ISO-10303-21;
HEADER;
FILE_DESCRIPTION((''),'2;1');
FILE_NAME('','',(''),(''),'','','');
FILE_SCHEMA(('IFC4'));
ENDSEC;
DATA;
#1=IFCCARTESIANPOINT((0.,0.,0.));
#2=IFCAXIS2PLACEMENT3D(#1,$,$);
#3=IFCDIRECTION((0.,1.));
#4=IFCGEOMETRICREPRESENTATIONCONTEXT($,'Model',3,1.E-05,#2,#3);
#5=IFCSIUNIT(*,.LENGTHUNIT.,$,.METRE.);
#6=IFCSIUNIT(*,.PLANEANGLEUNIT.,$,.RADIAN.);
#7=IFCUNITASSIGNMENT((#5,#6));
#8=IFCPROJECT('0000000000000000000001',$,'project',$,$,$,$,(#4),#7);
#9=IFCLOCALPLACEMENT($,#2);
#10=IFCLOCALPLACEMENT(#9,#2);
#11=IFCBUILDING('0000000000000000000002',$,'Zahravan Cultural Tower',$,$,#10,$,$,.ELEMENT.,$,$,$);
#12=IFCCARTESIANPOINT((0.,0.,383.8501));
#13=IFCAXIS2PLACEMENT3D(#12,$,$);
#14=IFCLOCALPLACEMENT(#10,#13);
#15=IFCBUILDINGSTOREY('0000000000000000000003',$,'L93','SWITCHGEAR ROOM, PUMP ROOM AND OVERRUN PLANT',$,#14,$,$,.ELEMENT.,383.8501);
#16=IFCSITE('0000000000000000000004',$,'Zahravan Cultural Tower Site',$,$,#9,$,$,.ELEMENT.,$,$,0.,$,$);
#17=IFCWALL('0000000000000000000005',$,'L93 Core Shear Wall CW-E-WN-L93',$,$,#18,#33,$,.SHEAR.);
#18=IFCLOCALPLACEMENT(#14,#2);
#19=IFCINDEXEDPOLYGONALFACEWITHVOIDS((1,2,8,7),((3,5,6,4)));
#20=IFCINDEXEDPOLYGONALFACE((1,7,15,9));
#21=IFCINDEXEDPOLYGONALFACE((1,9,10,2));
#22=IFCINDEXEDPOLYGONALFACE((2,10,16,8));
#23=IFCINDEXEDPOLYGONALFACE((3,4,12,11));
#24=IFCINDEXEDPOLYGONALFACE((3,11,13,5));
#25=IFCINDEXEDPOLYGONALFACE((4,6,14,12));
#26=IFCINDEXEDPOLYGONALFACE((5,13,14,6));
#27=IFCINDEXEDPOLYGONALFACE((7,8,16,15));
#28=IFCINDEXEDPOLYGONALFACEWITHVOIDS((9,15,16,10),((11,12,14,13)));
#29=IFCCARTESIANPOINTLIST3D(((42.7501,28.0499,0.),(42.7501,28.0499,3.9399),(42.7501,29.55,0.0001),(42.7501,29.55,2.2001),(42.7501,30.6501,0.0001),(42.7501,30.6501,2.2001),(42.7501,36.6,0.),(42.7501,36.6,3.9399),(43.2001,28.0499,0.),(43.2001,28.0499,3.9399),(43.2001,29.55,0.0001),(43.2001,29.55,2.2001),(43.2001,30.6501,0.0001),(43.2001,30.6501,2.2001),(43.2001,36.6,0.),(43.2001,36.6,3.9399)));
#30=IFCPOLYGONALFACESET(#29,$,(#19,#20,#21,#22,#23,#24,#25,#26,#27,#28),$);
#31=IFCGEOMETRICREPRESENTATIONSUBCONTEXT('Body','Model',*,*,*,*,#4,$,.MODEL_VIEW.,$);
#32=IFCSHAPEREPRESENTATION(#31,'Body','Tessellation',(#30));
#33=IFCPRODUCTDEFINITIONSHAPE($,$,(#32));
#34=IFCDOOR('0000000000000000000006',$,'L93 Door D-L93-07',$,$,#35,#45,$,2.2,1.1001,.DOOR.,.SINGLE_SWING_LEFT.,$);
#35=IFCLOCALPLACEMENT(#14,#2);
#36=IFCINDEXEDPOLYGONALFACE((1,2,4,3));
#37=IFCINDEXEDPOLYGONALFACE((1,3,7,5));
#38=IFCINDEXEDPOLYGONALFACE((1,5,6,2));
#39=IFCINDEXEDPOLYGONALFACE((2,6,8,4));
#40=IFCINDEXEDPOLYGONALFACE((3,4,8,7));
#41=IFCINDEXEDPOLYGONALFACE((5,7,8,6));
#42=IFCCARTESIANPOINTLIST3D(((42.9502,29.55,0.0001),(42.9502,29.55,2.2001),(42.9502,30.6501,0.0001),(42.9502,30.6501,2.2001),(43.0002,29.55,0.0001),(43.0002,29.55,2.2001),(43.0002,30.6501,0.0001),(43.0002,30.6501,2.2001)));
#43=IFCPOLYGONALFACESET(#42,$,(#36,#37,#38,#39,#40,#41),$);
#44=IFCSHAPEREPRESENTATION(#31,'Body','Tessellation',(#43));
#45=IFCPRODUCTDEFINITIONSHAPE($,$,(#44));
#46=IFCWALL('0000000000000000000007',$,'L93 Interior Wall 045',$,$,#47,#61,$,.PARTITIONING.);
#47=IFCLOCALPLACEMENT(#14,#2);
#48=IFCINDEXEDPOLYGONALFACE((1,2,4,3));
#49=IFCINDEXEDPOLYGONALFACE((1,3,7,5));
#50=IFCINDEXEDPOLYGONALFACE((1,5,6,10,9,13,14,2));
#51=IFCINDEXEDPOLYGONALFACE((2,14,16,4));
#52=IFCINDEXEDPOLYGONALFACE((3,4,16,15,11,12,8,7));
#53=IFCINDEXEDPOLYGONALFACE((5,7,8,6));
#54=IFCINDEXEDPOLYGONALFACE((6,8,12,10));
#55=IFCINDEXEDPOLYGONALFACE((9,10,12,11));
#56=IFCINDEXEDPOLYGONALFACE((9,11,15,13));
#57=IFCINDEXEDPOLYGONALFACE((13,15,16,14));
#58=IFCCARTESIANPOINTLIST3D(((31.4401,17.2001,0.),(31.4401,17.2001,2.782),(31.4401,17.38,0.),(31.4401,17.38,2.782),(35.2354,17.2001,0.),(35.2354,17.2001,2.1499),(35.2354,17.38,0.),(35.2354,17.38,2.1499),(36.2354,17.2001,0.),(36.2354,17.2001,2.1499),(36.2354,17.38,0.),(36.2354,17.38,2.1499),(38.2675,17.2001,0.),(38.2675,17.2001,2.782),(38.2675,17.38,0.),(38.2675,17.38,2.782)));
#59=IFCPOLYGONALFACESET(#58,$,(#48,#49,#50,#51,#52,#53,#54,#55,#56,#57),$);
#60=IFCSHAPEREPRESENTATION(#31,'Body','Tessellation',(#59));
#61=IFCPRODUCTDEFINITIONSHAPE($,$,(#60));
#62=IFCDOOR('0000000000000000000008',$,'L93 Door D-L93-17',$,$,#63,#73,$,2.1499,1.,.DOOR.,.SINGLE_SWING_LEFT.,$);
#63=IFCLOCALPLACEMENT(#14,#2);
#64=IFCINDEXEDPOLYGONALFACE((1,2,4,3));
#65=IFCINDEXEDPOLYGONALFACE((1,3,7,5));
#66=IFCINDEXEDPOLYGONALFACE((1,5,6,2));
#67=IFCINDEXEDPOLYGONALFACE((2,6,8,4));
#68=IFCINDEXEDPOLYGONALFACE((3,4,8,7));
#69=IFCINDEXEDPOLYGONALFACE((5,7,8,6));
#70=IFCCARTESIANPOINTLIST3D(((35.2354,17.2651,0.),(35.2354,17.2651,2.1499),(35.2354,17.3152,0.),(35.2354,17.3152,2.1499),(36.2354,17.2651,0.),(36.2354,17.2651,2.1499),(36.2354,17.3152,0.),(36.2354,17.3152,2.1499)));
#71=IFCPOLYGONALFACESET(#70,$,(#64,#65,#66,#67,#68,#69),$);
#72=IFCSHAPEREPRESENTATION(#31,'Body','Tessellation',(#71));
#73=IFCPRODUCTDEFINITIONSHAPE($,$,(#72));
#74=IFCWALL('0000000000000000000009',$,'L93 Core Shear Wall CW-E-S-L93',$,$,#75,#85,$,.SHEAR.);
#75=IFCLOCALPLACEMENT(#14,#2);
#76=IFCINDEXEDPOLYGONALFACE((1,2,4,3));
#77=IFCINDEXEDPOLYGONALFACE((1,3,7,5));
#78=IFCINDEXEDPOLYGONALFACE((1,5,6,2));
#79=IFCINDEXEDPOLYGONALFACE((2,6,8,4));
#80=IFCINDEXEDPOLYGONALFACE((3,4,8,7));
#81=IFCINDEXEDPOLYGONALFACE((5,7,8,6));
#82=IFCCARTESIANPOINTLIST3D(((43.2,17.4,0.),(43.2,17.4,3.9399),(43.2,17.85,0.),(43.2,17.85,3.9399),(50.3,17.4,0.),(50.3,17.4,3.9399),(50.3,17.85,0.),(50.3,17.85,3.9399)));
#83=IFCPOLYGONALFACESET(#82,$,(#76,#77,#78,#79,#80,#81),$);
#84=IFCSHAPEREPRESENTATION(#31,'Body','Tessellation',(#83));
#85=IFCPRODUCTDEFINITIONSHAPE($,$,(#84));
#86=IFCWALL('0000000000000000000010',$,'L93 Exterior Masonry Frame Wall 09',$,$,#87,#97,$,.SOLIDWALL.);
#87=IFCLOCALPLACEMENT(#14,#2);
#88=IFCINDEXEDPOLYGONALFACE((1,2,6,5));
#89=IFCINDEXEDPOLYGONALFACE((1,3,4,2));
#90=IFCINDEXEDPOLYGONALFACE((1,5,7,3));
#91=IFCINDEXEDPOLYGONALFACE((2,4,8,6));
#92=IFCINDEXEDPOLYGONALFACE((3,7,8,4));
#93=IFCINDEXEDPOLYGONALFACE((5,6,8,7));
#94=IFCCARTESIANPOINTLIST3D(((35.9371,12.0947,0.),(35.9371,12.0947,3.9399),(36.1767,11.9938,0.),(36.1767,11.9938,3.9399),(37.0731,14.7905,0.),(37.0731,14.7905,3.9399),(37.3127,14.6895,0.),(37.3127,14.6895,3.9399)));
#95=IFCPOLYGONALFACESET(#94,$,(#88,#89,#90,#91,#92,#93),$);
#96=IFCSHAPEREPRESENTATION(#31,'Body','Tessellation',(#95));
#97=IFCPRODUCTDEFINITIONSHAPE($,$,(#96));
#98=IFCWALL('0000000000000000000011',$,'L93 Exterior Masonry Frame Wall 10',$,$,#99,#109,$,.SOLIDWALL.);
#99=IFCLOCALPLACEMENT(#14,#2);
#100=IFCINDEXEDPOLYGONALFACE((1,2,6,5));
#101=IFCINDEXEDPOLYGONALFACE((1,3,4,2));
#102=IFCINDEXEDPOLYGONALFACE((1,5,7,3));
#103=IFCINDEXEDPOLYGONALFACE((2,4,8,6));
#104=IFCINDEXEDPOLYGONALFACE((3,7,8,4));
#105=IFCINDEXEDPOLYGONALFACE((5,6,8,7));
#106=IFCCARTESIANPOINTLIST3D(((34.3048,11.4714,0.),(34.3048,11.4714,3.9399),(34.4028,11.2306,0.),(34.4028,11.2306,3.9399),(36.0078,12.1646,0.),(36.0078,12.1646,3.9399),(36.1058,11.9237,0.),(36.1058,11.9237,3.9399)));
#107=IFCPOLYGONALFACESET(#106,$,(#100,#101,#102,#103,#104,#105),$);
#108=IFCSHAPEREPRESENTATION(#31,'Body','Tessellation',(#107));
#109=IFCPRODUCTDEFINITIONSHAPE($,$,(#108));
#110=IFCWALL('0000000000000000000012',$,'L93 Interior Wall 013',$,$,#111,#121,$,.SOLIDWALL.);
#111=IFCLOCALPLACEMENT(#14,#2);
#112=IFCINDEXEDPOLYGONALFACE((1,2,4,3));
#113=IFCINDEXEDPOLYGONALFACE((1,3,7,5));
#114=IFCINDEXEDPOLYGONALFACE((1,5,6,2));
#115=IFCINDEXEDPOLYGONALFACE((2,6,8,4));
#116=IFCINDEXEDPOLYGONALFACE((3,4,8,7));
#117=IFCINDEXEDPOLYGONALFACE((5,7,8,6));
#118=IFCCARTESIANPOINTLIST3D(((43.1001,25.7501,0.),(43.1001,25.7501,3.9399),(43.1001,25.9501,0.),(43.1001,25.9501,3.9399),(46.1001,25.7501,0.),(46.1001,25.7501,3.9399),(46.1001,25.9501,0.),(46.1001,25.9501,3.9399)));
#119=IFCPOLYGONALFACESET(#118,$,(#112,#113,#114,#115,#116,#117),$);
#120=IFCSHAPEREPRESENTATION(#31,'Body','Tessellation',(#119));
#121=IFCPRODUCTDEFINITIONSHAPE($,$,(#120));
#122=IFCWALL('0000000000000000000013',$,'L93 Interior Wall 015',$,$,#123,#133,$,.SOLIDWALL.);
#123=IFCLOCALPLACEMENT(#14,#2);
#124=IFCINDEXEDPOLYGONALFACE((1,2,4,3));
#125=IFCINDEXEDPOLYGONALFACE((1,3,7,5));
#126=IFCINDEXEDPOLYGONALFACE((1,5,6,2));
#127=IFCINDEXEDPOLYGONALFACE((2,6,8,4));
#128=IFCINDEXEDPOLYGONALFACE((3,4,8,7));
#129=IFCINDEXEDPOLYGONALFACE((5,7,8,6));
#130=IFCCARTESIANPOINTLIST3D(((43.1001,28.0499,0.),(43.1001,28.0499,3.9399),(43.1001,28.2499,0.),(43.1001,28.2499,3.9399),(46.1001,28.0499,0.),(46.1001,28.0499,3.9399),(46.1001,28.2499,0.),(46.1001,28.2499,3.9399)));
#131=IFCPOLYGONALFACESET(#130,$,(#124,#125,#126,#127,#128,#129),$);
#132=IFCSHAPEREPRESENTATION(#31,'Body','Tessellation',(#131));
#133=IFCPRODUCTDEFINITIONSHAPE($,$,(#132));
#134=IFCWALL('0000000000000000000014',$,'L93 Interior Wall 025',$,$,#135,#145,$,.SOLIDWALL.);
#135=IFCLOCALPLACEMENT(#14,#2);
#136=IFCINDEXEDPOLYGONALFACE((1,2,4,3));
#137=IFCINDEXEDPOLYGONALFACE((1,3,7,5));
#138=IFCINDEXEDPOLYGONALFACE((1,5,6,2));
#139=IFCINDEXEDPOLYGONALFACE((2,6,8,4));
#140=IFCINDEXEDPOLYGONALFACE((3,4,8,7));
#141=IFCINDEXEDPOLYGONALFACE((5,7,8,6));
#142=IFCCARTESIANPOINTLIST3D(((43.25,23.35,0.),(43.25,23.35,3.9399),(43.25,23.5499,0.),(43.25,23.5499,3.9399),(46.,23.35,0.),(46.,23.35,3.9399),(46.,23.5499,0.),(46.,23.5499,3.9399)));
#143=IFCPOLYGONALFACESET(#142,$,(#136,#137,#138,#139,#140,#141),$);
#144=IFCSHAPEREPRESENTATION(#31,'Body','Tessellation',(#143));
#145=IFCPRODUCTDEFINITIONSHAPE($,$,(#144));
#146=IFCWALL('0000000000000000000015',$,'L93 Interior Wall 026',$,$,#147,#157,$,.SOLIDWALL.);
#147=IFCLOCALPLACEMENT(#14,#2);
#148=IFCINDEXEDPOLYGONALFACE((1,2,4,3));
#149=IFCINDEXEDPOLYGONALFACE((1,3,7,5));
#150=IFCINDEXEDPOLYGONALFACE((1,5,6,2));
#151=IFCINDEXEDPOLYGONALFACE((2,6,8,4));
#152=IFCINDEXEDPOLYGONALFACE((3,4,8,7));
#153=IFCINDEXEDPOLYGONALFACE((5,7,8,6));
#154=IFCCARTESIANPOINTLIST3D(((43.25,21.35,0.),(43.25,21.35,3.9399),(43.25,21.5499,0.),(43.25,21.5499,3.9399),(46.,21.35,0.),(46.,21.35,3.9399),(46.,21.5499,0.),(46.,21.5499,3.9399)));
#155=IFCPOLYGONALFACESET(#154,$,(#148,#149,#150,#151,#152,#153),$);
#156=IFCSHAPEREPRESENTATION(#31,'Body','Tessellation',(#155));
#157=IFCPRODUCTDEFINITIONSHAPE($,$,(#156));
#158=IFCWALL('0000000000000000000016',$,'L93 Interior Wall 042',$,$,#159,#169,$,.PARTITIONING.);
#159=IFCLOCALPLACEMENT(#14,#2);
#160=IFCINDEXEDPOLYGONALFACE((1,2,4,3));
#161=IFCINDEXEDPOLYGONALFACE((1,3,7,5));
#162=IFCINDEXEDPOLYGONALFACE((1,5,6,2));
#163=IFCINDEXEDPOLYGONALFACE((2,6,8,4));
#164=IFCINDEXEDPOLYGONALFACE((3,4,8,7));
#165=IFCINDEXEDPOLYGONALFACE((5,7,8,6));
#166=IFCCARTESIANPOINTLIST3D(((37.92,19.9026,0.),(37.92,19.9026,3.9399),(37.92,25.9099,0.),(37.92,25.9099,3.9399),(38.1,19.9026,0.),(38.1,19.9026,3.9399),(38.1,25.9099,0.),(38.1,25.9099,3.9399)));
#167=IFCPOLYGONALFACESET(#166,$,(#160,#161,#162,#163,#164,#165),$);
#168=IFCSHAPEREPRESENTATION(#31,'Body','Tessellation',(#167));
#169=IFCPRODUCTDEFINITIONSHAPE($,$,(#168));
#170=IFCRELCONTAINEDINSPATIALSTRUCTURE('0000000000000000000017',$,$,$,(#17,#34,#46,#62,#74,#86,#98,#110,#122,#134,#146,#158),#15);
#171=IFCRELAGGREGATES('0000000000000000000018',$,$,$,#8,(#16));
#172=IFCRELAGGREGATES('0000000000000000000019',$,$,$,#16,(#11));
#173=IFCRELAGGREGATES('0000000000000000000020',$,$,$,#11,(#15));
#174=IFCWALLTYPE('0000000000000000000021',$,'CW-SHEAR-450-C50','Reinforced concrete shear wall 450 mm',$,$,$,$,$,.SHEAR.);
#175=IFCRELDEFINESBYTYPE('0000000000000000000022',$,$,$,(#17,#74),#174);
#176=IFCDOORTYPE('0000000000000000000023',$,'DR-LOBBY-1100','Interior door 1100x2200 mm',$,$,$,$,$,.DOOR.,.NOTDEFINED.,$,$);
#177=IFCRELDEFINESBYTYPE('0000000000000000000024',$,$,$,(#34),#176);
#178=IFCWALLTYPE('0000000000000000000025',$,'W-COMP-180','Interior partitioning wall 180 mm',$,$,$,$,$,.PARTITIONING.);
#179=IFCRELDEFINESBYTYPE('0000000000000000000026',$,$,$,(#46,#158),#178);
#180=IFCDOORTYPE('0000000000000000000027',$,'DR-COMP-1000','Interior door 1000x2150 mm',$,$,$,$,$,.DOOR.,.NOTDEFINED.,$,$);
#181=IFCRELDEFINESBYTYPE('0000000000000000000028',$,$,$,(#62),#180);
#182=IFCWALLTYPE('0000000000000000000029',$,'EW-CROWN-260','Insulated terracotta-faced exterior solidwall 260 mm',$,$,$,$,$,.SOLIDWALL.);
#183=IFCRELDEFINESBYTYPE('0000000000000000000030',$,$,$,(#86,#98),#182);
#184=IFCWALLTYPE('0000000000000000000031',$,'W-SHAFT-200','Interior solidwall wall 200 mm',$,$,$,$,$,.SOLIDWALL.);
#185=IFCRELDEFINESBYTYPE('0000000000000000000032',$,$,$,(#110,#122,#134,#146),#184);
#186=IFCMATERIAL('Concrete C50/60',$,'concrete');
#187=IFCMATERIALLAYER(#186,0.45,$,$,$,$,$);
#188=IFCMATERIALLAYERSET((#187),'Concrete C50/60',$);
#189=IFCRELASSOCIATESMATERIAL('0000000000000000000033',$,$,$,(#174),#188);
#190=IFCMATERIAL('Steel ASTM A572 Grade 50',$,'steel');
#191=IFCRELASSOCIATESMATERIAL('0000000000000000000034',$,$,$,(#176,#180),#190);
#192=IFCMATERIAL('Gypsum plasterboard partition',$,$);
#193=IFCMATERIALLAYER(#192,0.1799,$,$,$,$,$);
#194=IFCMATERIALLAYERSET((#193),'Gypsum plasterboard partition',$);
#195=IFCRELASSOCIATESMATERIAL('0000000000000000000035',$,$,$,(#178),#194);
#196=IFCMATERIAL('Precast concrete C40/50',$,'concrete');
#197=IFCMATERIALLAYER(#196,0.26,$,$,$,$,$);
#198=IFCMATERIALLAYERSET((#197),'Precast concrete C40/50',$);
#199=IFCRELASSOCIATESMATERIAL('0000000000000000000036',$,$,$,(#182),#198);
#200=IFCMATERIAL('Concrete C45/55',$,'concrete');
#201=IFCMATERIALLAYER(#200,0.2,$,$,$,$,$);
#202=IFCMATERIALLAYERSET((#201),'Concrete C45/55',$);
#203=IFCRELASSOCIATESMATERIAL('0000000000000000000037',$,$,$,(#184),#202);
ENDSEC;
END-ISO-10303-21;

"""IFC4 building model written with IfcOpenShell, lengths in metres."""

from ifc_helpers import new_model, si_unit, direction, frame, frame_2d, origin, place, context, subcontext, project, spatial, rectangle, extrude, source, transform, mapped, material, layer, layer_set, type_object, element, fill, save


model = new_model("IFC4")

# Units and contexts
model_context = context("Model", 3, precision=1e-05, world=origin(), true_north=direction((0.0, 1.0)))
body_context = subcontext(model_context, "Body", "Model", "MODEL_VIEW")
ifc_project = project(units=[si_unit("LENGTHUNIT", "METRE"), si_unit("PLANEANGLEUNIT", "RADIAN")], contexts=[model_context])

# Site, building, storey
site_placement = place(None, origin())
site = spatial("IfcSite", under=ifc_project, at=site_placement, Name="Zahravan Cultural Tower Site", CompositionType="ELEMENT", RefElevation=0.0)
building_placement = place(site_placement, origin())
building = spatial("IfcBuilding", under=site, at=building_placement, Name="Zahravan Cultural Tower", CompositionType="ELEMENT")
storey_placement = place(building_placement, frame((0.0, 0.0, 383.8501)))
storey = spatial("IfcBuildingStorey", under=building, at=storey_placement, Name="L93", Description="SWITCHGEAR ROOM, PUMP ROOM AND OVERRUN PLANT", CompositionType="ELEMENT", Elevation=383.8501)

# Shared definitions
ifc_material_1 = material(Name="Concrete C45/55", Category="concrete")

# Shared definitions
ifc_material_2 = material(Name="Concrete C50/60", Category="concrete")

# Shared definitions
ifc_layer_1 = layer(ifc_material_2, 0.45)
ifc_layer_set_1 = layer_set([ifc_layer_1], Name="Concrete C50/60")
wall_type_1 = type_object("IfcWallType", Name="CW-SHEAR-450-C50", Description="Reinforced concrete shear wall 450 mm", PredefinedType="SHEAR", material=ifc_layer_set_1)
ifc_material_3 = material(Name="Steel ASTM A572 Grade 50", Category="steel")
door_type_1 = type_object("IfcDoorType", Name="DR-LOBBY-1100", Description="Interior door 1100x2200 mm", OperationType="NOTDEFINED", PredefinedType="DOOR", material=ifc_material_3)
shared_shape_1 = source(origin(), body_context, "Body", "SweptSolid", [
    extrude(rectangle(XDim=1.1001, YDim=2.2, at=frame_2d((0.55, 1.1001))), frame((0.0, 0.0249, 0.0), z_axis=(0.0, -1.0, 0.0), x_axis=(1.0, 0.0, 0.0)), (0.0, 0.0, 1.0), 0.05),
])

# Walls, openings, doors
wall_1_placement = place(storey_placement, frame((42.9751, 28.05, 0.0), z_axis=(0.0, 0.0, 1.0), x_axis=(0.0, 1.0, 0.0)))
wall_1 = element("IfcWall", 1, at=wall_1_placement, inside=storey, type_object=wall_type_1, Name="L93 Core Shear Wall CW-E-WN-L93", PredefinedType="SHEAR", context=body_context, shape_type="SweptSolid", body=[
    extrude(rectangle(XDim=8.55, YDim=0.45, at=frame_2d((4.2749, 0.0))), origin(), (0.0, 0.0, 1.0), 3.9399),
])
opening_1_placement = place(wall_1_placement, frame((1.5, 0.0, 0.0)))
opening_1 = element("IfcOpeningElement", 2, at=opening_1_placement, cuts=wall_1, PredefinedType="OPENING", context=body_context, shape_type="SweptSolid", body=[
    extrude(rectangle(XDim=1.1001, YDim=2.2, at=frame_2d((0.55, 1.1001))), frame((0.0, 0.2349, 0.0), z_axis=(0.0, -1.0, 0.0), x_axis=(1.0, 0.0, 0.0)), (0.0, 0.0, 1.0), 0.47),
])
door_1_placement = place(opening_1_placement, origin())
door_1 = element("IfcDoor", 3, at=door_1_placement, inside=storey, type_object=door_type_1, Name="L93 Door D-L93-07", OperationType="SINGLE_SWING_LEFT", OverallHeight=2.2, OverallWidth=1.1001, PredefinedType="DOOR", context=body_context, shape_type="MappedRepresentation", body=[
    mapped(shared_shape_1, transform((0.0, 0.0, 0.0), x_axis=(1.0, 0.0, 0.0), y_axis=(0.0, 1.0, 0.0), z_axis=(0.0, 0.0, 1.0), scale=1.0)),
])
fill(opening_1, door_1)
ifc_material_4 = material(Name="Gypsum plasterboard partition")
ifc_layer_2 = layer(ifc_material_4, 0.1799)
ifc_layer_set_2 = layer_set([ifc_layer_2], Name="Gypsum plasterboard partition")
wall_type_2 = type_object("IfcWallType", Name="W-COMP-180", Description="Interior partitioning wall 180 mm", PredefinedType="PARTITIONING", material=ifc_layer_set_2)
wall_2_placement = place(storey_placement, frame((38.2673, 17.29, 0.0), z_axis=(0.0, 0.0, 1.0), x_axis=(-1.0, 0.0, 0.0)))
wall_2 = element("IfcWall", 4, at=wall_2_placement, inside=storey, type_object=wall_type_2, Name="L93 Interior Wall 045", PredefinedType="PARTITIONING", context=body_context, shape_type="SweptSolid", body=[
    extrude(rectangle(XDim=6.8274, YDim=0.1799, at=frame_2d((3.4136, 0.0))), origin(), (0.0, 0.0, 1.0), 2.782),
])
opening_2_placement = place(wall_2_placement, frame((2.032, 0.0, 0.0)))
opening_2 = element("IfcOpeningElement", 5, at=opening_2_placement, cuts=wall_2, PredefinedType="OPENING", context=body_context, shape_type="SweptSolid", body=[
    extrude(rectangle(XDim=1.0, YDim=2.1499, at=frame_2d((0.5, 1.075))), frame((0.0, 0.0999, 0.0), z_axis=(0.0, -1.0, 0.0), x_axis=(1.0, 0.0, 0.0)), (0.0, 0.0, 1.0), 0.2),
])
door_type_2 = type_object("IfcDoorType", Name="DR-COMP-1000", Description="Interior door 1000x2150 mm", OperationType="NOTDEFINED", PredefinedType="DOOR", material=ifc_material_3)
shared_shape_2 = source(origin(), body_context, "Body", "SweptSolid", [
    extrude(rectangle(XDim=1.0, YDim=2.1499, at=frame_2d((0.5, 1.075))), frame((0.0, 0.0249, 0.0), z_axis=(0.0, -1.0, 0.0), x_axis=(1.0, 0.0, 0.0)), (0.0, 0.0, 1.0), 0.05),
])
door_2_placement = place(opening_2_placement, origin())
door_2 = element("IfcDoor", 6, at=door_2_placement, inside=storey, type_object=door_type_2, Name="L93 Door D-L93-17", OperationType="SINGLE_SWING_LEFT", OverallHeight=2.1499, OverallWidth=1.0, PredefinedType="DOOR", context=body_context, shape_type="MappedRepresentation", body=[
    mapped(shared_shape_2, transform((0.0, 0.0, 0.0), x_axis=(1.0, 0.0, 0.0), y_axis=(0.0, 1.0, 0.0), z_axis=(0.0, 0.0, 1.0), scale=1.0)),
])
fill(opening_2, door_2)

# Walls
shared_shape_3 = source(origin(), body_context, "Body", "SweptSolid", [
    extrude(rectangle(XDim=7.1001, YDim=0.45, at=frame_2d((3.55, 0.0))), origin(), (0.0, 0.0, 1.0), 3.9399),
])
wall_3_placement = place(storey_placement, frame((43.2, 17.625, 0.0), z_axis=(0.0, 0.0, 1.0), x_axis=(1.0, 0.0, 0.0)))
element("IfcWall", 7, at=wall_3_placement, inside=storey, type_object=wall_type_1, Name="L93 Core Shear Wall CW-E-S-L93", PredefinedType="SHEAR", context=body_context, shape_type="MappedRepresentation", body=[
    mapped(shared_shape_3, transform((0.0, 0.0, 0.0), x_axis=(1.0, 0.0, 0.0), y_axis=(0.0, 1.0, 0.0), z_axis=(0.0, 0.0, 1.0), scale=1.0)),
])
ifc_material_5 = material(Name="Precast concrete C40/50", Category="concrete")
ifc_layer_3 = layer(ifc_material_5, 0.26)
ifc_layer_set_3 = layer_set([ifc_layer_3], Name="Precast concrete C40/50")
wall_type_3 = type_object("IfcWallType", Name="EW-CROWN-260", Description="Insulated terracotta-faced exterior solidwall 260 mm", PredefinedType="SOLIDWALL", material=ifc_layer_set_3)
shared_shape_4 = source(origin(), body_context, "Body", "SweptSolid", [
    extrude(rectangle(XDim=2.9253, YDim=0.26, at=frame_2d((1.4626, 0.0))), origin(), (0.0, 0.0, 1.0), 3.9399),
])
wall_4_placement = place(storey_placement, frame((37.1929, 14.74, 0.0), z_axis=(0.0, 0.0, 1.0), x_axis=(-0.388322, -0.921524, 0.0)))
element("IfcWall", 8, at=wall_4_placement, inside=storey, type_object=wall_type_3, Name="L93 Exterior Masonry Frame Wall 09", PredefinedType="SOLIDWALL", context=body_context, shape_type="MappedRepresentation", body=[
    mapped(shared_shape_4, transform((0.0, 0.0, 0.0), x_axis=(1.0, 0.0, 0.0), y_axis=(0.0, 1.0, 0.0), z_axis=(0.0, 0.0, 1.0), scale=1.0)),
])
shared_shape_5 = source(origin(), body_context, "Body", "SweptSolid", [
    extrude(rectangle(XDim=1.8386, YDim=0.26, at=frame_2d((0.9194, 0.0))), origin(), (0.0, 0.0, 1.0), 3.9399),
])
wall_5_placement = place(storey_placement, frame((36.0569, 12.0442, 0.0), z_axis=(0.0, 0.0, 1.0), x_axis=(-0.926216, -0.376993, 0.0)))
element("IfcWall", 9, at=wall_5_placement, inside=storey, type_object=wall_type_3, Name="L93 Exterior Masonry Frame Wall 10", PredefinedType="SOLIDWALL", context=body_context, shape_type="MappedRepresentation", body=[
    mapped(shared_shape_5, transform((0.0, 0.0, 0.0), x_axis=(1.0, 0.0, 0.0), y_axis=(0.0, 1.0, 0.0), z_axis=(0.0, 0.0, 1.0), scale=1.0)),
])
ifc_layer_4 = layer(ifc_material_1, 0.2)
ifc_layer_set_4 = layer_set([ifc_layer_4], Name="Concrete C45/55")
wall_type_4 = type_object("IfcWallType", Name="W-SHAFT-200", Description="Interior solidwall wall 200 mm", PredefinedType="SOLIDWALL", material=ifc_layer_set_4)
shared_shape_6 = source(origin(), body_context, "Body", "SweptSolid", [
    extrude(rectangle(XDim=3.0, YDim=0.2, at=frame_2d((1.5, 0.0))), origin(), (0.0, 0.0, 1.0), 3.9399),
])
for number, where, z_axis, x_axis, name in (
    (10, (43.1001, 25.8501, 0.0), (0.0, 0.0, 1.0), (1.0, 0.0, 0.0), "L93 Interior Wall 013"),
    (11, (43.1001, 28.1499, 0.0), (0.0, 0.0, 1.0), (1.0, 0.0, 0.0), "L93 Interior Wall 015"),
):
    element("IfcWall", number, at=place(storey_placement, frame(where, z_axis=z_axis, x_axis=x_axis)), inside=storey, type_object=wall_type_4, Name=name, PredefinedType="SOLIDWALL", context=body_context, shape_type="MappedRepresentation", body=[
        mapped(shared_shape_6, transform((0.0, 0.0, 0.0), x_axis=(1.0, 0.0, 0.0), y_axis=(0.0, 1.0, 0.0), z_axis=(0.0, 0.0, 1.0), scale=1.0)),
    ])
shared_shape_7 = source(origin(), body_context, "Body", "SweptSolid", [
    extrude(rectangle(XDim=2.75, YDim=0.2, at=frame_2d((1.375, 0.0))), origin(), (0.0, 0.0, 1.0), 3.9399),
])
for number, where, z_axis, x_axis, name in (
    (12, (43.25, 23.45, 0.0), (0.0, 0.0, 1.0), (1.0, 0.0, 0.0), "L93 Interior Wall 025"),
    (13, (43.25, 21.45, 0.0), (0.0, 0.0, 1.0), (1.0, 0.0, 0.0), "L93 Interior Wall 026"),
):
    element("IfcWall", number, at=place(storey_placement, frame(where, z_axis=z_axis, x_axis=x_axis)), inside=storey, type_object=wall_type_4, Name=name, PredefinedType="SOLIDWALL", context=body_context, shape_type="MappedRepresentation", body=[
        mapped(shared_shape_7, transform((0.0, 0.0, 0.0), x_axis=(1.0, 0.0, 0.0), y_axis=(0.0, 1.0, 0.0), z_axis=(0.0, 0.0, 1.0), scale=1.0)),
    ])
shared_shape_8 = source(origin(), body_context, "Body", "SweptSolid", [
    extrude(rectangle(XDim=6.0073, YDim=0.1799, at=frame_2d((3.0037, 0.0))), origin(), (0.0, 0.0, 1.0), 3.9399),
])
wall_6_placement = place(storey_placement, frame((38.01, 25.9099, 0.0), z_axis=(0.0, 0.0, 1.0), x_axis=(0.0, -1.0, 0.0)))
element("IfcWall", 14, at=wall_6_placement, inside=storey, type_object=wall_type_2, Name="L93 Interior Wall 042", PredefinedType="PARTITIONING", context=body_context, shape_type="MappedRepresentation", body=[
    mapped(shared_shape_8, transform((0.0, 0.0, 0.0), x_axis=(1.0, 0.0, 0.0), y_axis=(0.0, 1.0, 0.0), z_axis=(0.0, 0.0, 1.0), scale=1.0)),
])

save(model, "model.ifc")
